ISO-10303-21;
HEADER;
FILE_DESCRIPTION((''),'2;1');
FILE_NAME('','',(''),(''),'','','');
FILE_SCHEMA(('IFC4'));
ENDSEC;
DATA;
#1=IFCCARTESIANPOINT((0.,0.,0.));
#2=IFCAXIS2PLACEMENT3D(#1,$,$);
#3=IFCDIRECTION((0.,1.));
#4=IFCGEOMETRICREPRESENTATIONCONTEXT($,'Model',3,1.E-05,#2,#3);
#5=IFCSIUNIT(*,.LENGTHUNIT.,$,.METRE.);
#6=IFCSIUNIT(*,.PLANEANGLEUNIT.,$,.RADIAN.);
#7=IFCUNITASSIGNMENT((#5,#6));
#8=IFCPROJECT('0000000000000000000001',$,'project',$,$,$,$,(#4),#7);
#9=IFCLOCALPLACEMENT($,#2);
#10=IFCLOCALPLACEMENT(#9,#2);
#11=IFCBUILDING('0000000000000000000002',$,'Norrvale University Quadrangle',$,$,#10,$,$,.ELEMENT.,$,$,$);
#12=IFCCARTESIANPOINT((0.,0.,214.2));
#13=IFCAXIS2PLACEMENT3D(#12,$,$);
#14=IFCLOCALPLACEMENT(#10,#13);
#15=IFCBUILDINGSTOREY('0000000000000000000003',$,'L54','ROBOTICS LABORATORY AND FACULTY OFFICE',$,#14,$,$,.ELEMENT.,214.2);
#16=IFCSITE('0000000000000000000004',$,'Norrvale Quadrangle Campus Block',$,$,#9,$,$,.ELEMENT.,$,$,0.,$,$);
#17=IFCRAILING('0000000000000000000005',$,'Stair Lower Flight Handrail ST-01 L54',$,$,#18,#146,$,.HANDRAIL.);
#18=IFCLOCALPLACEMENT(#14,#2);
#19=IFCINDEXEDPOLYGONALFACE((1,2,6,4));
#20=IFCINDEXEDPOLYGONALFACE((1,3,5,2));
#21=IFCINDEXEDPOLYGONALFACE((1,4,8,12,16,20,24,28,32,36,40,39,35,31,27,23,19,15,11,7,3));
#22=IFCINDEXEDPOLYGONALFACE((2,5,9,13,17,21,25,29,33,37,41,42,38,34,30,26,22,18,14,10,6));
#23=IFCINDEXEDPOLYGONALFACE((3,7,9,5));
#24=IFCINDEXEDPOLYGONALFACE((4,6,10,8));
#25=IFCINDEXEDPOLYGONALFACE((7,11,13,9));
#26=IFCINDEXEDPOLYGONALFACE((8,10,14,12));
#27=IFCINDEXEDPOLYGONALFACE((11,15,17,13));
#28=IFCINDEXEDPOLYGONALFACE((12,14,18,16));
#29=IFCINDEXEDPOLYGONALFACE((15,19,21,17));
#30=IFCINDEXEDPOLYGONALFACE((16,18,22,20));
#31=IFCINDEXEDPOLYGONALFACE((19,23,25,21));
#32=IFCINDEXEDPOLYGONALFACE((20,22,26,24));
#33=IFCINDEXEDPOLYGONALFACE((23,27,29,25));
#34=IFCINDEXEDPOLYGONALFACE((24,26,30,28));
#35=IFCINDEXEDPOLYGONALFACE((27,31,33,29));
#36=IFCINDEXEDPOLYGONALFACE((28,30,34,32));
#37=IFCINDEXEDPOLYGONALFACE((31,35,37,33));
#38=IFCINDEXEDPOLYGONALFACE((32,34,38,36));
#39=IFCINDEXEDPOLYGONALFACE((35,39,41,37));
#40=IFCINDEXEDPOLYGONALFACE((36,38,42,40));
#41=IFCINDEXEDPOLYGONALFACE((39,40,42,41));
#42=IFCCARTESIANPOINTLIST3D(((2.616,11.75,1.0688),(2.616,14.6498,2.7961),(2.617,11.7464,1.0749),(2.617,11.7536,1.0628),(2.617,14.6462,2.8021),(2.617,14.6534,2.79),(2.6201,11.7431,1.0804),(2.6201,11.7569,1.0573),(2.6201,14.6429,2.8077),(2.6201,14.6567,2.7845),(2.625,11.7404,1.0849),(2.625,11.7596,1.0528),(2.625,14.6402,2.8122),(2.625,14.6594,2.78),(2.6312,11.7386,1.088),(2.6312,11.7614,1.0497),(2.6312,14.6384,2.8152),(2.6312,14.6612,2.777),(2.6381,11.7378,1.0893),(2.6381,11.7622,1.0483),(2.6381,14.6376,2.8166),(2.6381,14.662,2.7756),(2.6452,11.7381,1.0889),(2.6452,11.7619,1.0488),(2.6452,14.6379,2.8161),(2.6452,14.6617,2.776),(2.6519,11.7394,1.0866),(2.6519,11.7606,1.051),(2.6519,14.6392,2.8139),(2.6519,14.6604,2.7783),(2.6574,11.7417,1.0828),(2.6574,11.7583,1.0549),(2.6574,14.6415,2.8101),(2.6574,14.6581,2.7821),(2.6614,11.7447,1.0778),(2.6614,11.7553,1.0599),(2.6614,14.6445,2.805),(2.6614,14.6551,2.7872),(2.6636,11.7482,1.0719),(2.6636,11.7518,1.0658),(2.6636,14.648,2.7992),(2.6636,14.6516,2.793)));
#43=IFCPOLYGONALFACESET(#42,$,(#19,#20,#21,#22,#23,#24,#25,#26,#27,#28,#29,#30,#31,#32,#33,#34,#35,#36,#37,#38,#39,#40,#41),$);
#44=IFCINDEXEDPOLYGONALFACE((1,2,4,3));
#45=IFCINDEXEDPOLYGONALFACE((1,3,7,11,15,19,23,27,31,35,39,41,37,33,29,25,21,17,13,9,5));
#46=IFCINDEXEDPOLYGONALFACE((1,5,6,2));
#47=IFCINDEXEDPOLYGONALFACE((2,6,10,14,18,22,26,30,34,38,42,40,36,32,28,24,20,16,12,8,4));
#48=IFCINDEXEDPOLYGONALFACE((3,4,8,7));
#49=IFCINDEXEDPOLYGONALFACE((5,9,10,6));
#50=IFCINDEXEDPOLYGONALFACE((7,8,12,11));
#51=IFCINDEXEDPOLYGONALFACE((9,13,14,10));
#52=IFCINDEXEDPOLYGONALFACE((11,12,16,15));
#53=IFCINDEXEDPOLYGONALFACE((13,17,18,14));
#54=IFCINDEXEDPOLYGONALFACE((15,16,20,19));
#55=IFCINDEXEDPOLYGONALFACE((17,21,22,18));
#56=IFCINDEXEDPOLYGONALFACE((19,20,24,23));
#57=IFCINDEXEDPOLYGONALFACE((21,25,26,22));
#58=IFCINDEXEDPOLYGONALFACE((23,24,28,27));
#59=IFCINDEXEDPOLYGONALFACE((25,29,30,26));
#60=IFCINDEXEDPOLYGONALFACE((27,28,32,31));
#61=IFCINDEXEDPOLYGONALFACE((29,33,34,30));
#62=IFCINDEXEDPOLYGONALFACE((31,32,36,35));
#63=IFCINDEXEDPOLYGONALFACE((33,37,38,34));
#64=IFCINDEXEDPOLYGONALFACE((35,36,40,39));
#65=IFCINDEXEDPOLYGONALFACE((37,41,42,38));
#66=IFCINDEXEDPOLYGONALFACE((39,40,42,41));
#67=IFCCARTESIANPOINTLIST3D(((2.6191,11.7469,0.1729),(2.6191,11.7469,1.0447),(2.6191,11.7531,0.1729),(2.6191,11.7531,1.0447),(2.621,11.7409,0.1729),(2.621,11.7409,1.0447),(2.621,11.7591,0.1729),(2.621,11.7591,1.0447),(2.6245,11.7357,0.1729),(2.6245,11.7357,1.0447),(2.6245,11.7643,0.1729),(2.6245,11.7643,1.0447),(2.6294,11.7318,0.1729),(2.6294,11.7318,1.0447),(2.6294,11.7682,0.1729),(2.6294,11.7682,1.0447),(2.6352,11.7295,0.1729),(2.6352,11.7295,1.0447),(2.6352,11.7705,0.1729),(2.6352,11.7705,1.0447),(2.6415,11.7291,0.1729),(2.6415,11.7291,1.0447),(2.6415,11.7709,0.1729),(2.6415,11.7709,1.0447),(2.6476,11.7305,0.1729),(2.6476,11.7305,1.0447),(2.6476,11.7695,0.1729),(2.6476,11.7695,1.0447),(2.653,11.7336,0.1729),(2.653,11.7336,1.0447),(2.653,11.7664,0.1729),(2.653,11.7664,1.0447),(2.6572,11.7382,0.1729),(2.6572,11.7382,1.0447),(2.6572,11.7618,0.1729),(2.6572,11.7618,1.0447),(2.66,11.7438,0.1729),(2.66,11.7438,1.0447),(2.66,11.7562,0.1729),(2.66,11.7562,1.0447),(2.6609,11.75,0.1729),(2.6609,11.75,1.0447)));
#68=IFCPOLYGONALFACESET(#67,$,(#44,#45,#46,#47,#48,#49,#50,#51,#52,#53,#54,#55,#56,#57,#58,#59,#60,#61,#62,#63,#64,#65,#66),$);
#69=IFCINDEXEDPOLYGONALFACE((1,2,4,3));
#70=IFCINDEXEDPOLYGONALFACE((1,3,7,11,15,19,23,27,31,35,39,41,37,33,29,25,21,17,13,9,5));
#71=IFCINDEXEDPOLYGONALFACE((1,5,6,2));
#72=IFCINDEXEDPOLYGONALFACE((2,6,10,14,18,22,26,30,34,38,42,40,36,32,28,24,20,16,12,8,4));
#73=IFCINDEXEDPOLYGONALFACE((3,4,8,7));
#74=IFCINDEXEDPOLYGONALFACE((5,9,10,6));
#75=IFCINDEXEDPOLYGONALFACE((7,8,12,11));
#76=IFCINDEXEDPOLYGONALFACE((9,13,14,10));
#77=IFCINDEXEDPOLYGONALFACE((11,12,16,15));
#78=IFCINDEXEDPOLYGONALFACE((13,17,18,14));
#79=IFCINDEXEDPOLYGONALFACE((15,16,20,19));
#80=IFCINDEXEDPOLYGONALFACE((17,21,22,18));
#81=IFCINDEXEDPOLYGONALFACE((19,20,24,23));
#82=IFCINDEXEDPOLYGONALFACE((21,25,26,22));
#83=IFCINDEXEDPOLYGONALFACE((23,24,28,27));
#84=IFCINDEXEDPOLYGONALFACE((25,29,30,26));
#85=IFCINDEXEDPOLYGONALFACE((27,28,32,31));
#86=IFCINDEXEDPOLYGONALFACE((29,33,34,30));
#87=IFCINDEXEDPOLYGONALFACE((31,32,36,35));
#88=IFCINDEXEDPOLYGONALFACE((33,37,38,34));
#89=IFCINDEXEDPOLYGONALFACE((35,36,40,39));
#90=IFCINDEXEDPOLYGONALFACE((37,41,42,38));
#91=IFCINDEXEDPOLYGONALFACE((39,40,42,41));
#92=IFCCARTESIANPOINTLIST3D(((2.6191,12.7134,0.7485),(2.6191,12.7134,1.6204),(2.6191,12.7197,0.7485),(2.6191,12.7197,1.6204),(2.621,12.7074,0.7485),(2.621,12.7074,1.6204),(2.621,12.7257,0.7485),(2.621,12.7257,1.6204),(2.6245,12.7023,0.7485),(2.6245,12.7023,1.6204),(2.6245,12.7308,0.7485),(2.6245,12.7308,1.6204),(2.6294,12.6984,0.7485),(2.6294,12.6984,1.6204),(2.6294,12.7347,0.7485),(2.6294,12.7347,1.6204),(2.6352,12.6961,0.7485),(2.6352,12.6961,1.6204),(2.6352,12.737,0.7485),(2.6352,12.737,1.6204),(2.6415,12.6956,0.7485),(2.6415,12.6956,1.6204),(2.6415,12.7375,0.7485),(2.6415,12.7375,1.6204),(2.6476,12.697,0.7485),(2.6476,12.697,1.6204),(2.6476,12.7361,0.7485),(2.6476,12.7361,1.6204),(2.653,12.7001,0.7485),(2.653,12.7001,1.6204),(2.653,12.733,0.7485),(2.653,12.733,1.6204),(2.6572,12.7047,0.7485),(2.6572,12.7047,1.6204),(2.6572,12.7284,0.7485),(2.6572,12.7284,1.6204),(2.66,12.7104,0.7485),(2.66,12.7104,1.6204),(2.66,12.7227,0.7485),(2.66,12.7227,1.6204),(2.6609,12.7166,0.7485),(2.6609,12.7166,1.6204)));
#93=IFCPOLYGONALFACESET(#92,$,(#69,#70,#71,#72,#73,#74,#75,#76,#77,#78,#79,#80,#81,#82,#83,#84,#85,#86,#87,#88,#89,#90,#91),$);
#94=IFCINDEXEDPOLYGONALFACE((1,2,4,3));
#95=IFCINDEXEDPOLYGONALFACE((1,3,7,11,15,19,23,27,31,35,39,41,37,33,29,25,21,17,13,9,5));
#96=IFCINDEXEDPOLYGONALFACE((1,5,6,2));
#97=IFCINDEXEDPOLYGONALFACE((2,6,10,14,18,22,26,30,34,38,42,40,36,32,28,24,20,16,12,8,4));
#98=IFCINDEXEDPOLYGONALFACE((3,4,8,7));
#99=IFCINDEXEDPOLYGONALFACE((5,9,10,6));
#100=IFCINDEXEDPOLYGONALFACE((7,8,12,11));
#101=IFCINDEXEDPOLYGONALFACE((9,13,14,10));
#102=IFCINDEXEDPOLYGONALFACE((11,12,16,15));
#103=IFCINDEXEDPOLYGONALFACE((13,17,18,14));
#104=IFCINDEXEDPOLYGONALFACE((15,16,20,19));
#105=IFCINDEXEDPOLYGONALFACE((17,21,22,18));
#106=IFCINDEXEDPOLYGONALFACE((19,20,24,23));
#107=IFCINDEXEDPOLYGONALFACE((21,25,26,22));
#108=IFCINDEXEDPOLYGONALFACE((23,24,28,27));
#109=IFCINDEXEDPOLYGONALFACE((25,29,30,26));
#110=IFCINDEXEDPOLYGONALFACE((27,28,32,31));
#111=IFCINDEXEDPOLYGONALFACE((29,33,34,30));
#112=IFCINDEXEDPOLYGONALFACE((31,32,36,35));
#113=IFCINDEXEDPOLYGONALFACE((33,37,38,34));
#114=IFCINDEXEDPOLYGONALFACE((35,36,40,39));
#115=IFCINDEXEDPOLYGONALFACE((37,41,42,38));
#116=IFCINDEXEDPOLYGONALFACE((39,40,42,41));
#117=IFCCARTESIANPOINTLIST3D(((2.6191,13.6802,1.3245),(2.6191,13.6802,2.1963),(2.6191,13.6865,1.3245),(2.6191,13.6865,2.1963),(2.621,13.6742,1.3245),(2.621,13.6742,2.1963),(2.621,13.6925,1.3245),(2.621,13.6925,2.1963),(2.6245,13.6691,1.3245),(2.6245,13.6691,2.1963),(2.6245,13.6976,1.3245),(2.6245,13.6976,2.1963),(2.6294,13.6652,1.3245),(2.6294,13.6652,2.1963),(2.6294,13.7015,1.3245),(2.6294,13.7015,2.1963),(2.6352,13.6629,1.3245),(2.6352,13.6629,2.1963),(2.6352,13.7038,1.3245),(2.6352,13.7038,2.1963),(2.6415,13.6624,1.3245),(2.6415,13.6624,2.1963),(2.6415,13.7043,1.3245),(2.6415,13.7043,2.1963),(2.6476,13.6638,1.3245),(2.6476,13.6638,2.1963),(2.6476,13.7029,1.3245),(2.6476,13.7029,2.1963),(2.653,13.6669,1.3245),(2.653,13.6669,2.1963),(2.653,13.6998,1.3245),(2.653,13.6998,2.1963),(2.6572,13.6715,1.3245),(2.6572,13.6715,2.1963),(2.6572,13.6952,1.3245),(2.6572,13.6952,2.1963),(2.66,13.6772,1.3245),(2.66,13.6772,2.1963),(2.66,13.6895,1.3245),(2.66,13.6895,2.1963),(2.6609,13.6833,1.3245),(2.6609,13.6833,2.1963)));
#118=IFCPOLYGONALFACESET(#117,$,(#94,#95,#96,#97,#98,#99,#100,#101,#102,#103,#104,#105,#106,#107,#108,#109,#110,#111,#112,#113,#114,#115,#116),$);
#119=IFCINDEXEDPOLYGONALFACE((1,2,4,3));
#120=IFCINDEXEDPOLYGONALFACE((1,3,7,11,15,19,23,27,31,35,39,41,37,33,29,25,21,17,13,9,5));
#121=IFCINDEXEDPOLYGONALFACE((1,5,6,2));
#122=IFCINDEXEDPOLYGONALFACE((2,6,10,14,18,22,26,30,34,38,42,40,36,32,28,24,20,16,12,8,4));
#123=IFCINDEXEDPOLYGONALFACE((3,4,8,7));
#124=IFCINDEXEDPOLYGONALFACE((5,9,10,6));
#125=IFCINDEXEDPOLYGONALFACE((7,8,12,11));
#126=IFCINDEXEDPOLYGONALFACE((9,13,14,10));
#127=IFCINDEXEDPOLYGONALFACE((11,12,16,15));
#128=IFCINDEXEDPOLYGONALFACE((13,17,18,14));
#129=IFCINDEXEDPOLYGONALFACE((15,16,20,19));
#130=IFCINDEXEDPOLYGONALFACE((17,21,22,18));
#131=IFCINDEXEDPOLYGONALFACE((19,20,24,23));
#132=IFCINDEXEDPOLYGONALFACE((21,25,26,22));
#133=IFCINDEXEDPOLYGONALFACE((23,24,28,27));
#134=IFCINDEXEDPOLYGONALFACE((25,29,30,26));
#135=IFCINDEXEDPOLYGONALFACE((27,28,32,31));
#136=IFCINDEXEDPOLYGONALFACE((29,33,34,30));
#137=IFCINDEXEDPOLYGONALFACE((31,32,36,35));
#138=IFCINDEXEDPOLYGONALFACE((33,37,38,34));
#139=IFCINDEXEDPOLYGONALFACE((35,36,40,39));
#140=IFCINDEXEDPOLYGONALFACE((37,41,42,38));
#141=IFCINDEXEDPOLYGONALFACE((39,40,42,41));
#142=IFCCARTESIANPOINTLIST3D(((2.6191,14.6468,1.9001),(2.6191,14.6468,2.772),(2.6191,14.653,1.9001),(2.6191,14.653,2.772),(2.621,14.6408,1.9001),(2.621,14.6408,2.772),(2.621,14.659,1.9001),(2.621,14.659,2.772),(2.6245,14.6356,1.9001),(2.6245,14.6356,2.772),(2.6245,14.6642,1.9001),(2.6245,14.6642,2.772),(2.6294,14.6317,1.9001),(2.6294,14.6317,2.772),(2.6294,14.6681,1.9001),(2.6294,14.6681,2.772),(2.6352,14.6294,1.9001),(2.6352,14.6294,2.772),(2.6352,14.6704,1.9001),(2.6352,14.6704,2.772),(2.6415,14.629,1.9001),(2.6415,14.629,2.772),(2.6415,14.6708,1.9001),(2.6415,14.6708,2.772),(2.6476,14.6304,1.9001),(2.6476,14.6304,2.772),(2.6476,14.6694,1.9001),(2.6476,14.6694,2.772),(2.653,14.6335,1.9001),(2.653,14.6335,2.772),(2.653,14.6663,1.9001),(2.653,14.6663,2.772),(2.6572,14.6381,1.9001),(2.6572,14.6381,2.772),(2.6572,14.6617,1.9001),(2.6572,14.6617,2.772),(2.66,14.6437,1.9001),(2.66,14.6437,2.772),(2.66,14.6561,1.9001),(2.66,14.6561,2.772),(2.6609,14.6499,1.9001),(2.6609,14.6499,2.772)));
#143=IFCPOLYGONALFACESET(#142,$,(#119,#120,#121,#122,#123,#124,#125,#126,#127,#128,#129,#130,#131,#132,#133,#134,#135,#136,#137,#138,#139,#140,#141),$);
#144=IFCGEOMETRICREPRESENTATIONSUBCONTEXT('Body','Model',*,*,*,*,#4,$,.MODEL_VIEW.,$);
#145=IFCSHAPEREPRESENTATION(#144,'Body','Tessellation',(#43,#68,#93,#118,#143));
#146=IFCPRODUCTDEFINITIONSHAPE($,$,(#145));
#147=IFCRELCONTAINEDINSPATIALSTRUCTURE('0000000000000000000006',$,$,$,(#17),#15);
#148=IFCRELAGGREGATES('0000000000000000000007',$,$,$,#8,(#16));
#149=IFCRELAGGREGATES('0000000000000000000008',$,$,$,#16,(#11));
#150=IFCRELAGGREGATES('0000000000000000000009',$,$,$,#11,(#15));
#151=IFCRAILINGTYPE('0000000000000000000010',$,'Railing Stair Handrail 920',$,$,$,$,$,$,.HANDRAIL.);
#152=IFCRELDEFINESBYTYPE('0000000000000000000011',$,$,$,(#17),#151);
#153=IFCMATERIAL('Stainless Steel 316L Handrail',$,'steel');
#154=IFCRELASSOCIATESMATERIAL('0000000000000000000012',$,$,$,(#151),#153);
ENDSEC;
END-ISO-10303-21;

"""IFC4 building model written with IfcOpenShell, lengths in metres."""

from ifc_helpers import new_model, si_unit, direction, frame, origin, origin_2d, place, context, subcontext, project, spatial, circle, extrude, material, type_object, element, save


model = new_model("IFC4")

# Units and contexts
model_context = context("Model", 3, precision=1e-05, world=origin(), true_north=direction((0.0, 1.0)))
body_context = subcontext(model_context, "Body", "Model", "MODEL_VIEW")
ifc_project = project(units=[si_unit("LENGTHUNIT", "METRE"), si_unit("PLANEANGLEUNIT", "RADIAN")], contexts=[model_context])

# Site, building, storey
site_placement = place(None, origin())
site = spatial("IfcSite", under=ifc_project, at=site_placement, Name="Norrvale Quadrangle Campus Block", CompositionType="ELEMENT", RefElevation=0.0)
building_placement = place(site_placement, origin())
building = spatial("IfcBuilding", under=site, at=building_placement, Name="Norrvale University Quadrangle", CompositionType="ELEMENT")
storey_placement = place(building_placement, frame((0.0, 0.0, 214.2)))
storey = spatial("IfcBuildingStorey", under=building, at=storey_placement, Name="L54", Description="ROBOTICS LABORATORY AND FACULTY OFFICE", CompositionType="ELEMENT", Elevation=214.2)

# Railing
ifc_material_1 = material(Name="Stainless Steel 316L Handrail", Category="steel")
railing_type_1 = type_object("IfcRailingType", Name="Railing Stair Handrail 920", PredefinedType="HANDRAIL", material=ifc_material_1)
railing_1_placement = place(storey_placement, frame((2.6399, 11.75, 0.1729)))
element("IfcRailing", 1, at=railing_1_placement, inside=storey, type_object=railing_type_1, Name="Stair Lower Flight Handrail ST-01 L54", PredefinedType="HANDRAIL", context=body_context, shape_type="SweptSolid", body=[
    extrude(circle(Radius=0.0239, at=origin_2d()), frame((0.0, 0.0, 0.896), z_axis=(0.0, 0.859141, 0.511738), x_axis=(-1.0, 0.0, 0.0)), (0.0, 0.0, 1.0), 3.3752),
    extrude(circle(Radius=0.021, at=origin_2d()), origin(), (0.0, 0.0, 1.0), 0.8718),
    extrude(circle(Radius=0.021, at=origin_2d()), frame((0.0, 0.9666, 0.5757)), (0.0, 0.0, 1.0), 0.8718),
    extrude(circle(Radius=0.021, at=origin_2d()), frame((0.0, 1.9333, 1.1516)), (0.0, 0.0, 1.0), 0.8718),
    extrude(circle(Radius=0.021, at=origin_2d()), frame((0.0, 2.8999, 1.7273)), (0.0, 0.0, 1.0), 0.8718),
])

save(model, "model.ifc")
